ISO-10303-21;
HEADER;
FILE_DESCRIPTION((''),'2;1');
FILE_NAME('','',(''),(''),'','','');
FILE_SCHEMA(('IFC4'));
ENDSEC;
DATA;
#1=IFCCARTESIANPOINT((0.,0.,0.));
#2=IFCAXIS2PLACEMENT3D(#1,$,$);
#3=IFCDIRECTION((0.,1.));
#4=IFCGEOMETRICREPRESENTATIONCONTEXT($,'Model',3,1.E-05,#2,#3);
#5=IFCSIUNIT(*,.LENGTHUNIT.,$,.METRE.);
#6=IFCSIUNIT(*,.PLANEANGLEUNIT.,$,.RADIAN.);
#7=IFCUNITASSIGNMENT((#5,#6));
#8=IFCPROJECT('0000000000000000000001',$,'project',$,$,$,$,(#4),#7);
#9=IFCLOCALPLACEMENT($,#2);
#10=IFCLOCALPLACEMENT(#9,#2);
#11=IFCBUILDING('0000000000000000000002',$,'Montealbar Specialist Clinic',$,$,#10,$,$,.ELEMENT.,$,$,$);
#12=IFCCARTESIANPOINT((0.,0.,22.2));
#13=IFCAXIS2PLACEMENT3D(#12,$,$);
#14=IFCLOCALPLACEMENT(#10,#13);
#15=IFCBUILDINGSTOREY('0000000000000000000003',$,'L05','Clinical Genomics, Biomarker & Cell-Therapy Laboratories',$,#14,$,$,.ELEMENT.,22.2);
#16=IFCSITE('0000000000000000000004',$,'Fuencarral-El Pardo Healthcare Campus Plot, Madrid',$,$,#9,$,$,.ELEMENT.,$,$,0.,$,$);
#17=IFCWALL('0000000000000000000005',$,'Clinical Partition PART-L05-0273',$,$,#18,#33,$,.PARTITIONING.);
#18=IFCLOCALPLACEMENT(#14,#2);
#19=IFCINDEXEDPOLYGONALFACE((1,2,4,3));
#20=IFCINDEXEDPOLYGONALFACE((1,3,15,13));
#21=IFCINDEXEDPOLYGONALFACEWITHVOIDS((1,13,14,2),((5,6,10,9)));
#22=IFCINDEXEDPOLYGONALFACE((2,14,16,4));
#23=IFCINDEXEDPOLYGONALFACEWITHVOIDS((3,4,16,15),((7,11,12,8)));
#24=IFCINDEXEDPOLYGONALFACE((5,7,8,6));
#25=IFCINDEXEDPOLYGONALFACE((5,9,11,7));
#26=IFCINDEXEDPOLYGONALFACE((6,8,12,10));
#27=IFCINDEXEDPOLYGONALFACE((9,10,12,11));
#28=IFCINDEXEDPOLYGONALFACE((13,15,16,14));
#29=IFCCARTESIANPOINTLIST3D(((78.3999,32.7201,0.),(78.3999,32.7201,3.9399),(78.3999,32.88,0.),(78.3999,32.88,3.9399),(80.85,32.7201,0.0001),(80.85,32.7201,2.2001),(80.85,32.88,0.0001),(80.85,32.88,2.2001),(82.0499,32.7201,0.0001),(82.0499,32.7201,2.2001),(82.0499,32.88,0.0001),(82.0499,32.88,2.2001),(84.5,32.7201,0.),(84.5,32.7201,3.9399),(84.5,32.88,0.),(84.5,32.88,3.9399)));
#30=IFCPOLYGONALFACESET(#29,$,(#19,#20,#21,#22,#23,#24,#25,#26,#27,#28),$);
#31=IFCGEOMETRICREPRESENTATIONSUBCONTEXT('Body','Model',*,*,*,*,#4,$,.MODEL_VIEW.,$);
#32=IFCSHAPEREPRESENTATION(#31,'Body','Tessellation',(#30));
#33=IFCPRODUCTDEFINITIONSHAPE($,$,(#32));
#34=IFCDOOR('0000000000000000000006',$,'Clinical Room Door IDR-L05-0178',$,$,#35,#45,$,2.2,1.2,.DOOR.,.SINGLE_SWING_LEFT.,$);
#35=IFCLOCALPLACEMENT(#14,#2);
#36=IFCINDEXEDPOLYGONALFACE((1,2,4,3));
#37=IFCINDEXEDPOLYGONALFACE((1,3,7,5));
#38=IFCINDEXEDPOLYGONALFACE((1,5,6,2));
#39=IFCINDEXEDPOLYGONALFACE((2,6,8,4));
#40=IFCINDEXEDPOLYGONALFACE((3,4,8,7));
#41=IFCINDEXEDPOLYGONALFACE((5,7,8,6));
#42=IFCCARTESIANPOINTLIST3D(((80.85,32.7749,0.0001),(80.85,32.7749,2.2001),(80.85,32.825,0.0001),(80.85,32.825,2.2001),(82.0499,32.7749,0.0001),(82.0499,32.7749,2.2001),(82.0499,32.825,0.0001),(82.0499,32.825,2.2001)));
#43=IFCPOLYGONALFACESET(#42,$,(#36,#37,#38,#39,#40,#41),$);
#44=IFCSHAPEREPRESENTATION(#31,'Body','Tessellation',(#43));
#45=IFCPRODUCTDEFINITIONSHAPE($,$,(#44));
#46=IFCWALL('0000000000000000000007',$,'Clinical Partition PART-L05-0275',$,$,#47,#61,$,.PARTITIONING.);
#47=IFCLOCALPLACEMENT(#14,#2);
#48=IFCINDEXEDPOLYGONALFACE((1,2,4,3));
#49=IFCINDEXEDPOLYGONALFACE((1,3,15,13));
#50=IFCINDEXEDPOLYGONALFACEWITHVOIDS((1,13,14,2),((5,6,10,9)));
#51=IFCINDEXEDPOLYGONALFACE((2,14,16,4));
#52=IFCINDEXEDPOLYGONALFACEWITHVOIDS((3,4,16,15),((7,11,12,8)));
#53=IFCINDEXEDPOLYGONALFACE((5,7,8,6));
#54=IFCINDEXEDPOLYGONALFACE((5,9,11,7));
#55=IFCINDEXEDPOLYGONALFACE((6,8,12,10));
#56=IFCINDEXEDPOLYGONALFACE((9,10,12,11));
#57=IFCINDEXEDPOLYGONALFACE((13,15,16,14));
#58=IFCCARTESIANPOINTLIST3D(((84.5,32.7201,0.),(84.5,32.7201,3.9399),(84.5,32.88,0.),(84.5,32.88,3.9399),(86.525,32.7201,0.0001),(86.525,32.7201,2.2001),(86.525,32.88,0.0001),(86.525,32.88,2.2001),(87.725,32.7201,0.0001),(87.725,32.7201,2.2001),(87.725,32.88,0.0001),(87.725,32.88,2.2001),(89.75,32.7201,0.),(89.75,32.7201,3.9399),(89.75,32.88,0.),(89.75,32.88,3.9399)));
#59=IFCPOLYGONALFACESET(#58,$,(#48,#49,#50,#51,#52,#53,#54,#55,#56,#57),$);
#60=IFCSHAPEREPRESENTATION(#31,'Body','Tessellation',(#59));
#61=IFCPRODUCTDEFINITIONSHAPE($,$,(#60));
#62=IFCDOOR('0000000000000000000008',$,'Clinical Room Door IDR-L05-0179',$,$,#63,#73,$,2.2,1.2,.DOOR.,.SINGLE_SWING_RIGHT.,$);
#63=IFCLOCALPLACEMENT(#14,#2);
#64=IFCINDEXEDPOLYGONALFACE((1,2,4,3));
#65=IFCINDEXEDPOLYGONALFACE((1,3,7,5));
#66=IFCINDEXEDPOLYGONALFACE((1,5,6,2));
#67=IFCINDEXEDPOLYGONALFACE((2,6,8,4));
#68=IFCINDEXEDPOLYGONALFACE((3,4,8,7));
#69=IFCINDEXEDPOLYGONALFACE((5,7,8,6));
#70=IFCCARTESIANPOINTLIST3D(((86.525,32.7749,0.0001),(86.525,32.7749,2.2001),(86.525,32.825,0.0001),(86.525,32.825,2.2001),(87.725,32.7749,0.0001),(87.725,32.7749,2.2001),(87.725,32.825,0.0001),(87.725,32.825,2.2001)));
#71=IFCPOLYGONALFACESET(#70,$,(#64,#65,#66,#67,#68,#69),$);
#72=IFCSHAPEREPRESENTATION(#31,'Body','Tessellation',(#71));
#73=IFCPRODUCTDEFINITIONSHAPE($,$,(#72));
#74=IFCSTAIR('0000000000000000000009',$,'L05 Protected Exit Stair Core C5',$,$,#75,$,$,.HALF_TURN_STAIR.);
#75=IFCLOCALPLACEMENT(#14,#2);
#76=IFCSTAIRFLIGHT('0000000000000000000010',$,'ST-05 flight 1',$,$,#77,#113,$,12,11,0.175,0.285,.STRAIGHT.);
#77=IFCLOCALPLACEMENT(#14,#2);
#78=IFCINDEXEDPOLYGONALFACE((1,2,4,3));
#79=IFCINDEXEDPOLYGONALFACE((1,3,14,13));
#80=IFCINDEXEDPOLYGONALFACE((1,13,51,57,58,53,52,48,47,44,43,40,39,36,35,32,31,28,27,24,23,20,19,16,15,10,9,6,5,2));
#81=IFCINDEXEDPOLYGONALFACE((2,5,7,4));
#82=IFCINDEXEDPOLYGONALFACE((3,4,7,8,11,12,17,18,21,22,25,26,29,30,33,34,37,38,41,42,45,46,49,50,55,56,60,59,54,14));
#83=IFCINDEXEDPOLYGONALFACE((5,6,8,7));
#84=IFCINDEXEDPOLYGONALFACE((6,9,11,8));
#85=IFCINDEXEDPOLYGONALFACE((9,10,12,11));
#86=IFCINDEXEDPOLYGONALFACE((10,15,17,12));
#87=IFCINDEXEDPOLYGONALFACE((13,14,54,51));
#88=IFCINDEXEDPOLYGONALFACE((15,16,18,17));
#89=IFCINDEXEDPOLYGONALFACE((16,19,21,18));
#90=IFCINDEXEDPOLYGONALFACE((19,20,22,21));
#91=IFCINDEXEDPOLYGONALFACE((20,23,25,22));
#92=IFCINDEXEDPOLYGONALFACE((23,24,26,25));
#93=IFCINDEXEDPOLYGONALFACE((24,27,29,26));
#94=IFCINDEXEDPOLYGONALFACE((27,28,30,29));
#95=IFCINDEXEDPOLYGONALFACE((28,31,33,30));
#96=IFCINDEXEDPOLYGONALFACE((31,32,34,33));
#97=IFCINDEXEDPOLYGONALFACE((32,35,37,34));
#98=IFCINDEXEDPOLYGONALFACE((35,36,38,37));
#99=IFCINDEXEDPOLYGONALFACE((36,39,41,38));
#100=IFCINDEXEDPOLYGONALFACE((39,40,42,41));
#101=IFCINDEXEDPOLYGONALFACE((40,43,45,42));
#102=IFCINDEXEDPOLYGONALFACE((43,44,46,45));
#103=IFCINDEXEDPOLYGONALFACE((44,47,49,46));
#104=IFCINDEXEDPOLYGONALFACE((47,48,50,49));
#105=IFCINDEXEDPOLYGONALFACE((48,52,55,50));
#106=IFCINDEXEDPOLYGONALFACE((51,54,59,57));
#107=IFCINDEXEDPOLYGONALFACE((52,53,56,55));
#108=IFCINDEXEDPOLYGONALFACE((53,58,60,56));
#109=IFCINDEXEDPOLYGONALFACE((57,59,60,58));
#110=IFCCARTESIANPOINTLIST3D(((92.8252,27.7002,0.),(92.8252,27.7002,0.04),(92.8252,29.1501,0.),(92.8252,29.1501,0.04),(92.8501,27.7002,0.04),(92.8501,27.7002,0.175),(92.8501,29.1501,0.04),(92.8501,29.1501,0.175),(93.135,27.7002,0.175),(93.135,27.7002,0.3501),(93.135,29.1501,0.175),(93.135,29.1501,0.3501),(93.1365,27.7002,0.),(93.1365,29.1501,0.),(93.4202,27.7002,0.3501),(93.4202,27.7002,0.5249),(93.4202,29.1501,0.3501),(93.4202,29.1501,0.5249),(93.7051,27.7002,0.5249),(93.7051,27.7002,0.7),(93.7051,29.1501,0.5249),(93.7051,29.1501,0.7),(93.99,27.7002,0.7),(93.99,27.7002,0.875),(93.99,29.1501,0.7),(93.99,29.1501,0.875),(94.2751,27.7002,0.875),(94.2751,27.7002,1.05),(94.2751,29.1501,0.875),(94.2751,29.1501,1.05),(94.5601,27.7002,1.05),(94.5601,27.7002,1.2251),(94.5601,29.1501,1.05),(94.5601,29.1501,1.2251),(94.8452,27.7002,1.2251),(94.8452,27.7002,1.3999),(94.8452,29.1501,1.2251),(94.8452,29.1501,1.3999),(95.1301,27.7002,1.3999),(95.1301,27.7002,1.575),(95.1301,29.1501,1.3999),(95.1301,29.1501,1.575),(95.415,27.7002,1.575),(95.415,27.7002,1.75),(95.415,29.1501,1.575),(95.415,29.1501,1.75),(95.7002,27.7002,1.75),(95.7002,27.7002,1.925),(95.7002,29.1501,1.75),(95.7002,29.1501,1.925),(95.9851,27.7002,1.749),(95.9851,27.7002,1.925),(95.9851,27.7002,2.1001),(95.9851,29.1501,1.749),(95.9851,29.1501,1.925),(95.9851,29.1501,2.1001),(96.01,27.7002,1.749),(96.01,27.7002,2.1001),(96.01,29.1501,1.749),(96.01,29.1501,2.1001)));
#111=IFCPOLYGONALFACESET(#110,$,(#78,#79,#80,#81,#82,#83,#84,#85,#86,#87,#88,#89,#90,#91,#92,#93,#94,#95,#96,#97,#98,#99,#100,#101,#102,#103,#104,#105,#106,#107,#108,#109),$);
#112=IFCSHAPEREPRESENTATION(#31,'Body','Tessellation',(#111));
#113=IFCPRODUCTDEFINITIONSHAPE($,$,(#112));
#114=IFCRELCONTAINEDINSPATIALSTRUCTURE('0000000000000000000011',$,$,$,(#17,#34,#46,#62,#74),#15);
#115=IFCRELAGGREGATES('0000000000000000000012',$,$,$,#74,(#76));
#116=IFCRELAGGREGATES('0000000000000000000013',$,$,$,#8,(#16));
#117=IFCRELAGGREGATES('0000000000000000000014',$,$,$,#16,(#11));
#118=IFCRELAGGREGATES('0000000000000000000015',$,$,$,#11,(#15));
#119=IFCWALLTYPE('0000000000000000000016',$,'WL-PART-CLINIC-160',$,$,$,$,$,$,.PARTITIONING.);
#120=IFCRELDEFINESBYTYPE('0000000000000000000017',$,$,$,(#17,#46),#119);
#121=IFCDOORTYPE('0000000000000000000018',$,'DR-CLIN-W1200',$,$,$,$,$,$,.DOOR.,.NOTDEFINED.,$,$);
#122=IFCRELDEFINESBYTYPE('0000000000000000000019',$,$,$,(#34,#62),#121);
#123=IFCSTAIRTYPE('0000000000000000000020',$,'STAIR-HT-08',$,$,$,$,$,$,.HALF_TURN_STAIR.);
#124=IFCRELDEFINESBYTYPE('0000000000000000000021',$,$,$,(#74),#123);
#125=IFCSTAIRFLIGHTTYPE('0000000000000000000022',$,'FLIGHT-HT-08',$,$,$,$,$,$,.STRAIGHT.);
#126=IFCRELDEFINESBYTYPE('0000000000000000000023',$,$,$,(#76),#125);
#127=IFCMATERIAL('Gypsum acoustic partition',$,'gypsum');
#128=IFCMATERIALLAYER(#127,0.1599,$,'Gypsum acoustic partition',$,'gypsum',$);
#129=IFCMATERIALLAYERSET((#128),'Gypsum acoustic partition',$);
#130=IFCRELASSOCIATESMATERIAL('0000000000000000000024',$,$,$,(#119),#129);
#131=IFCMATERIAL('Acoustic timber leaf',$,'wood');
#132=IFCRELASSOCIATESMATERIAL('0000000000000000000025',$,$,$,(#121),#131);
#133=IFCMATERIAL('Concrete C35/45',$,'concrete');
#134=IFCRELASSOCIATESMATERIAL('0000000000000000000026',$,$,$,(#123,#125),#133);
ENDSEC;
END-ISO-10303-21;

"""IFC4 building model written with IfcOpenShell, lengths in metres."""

from ifc_helpers import new_model, si_unit, direction, frame, frame_2d, origin, place, context, subcontext, project, spatial, polyline, rectangle, outline, extrude, material, layer, layer_set, type_object, element, fill, aggregate, save


model = new_model("IFC4")

# Units and contexts
model_context = context("Model", 3, precision=1e-05, world=origin(), true_north=direction((0.0, 1.0)))
body_context = subcontext(model_context, "Body", "Model", "MODEL_VIEW")
ifc_project = project(units=[si_unit("LENGTHUNIT", "METRE"), si_unit("PLANEANGLEUNIT", "RADIAN")], contexts=[model_context])

# Site, building, storey
site_placement = place(None, origin())
site = spatial("IfcSite", under=ifc_project, at=site_placement, Name="Fuencarral-El Pardo Healthcare Campus Plot, Madrid", CompositionType="ELEMENT", RefElevation=0.0)
building_placement = place(site_placement, origin())
building = spatial("IfcBuilding", under=site, at=building_placement, Name="Montealbar Specialist Clinic", CompositionType="ELEMENT")
storey_placement = place(building_placement, frame((0.0, 0.0, 22.2)))
storey = spatial("IfcBuildingStorey", under=building, at=storey_placement, Name="L05", Description="Clinical Genomics, Biomarker & Cell-Therapy Laboratories", CompositionType="ELEMENT", Elevation=22.2)

# Shared definitions
ifc_material_1 = material(Name="Concrete C35/45", Category="concrete")

# Shared definitions
ifc_material_2 = material(Name="Gypsum acoustic partition", Category="gypsum")

# Walls, openings, doors
ifc_layer_1 = layer(ifc_material_2, 0.1599, Name="Gypsum acoustic partition", Category="gypsum")
ifc_layer_set_1 = layer_set([ifc_layer_1], Name="Gypsum acoustic partition")
wall_type_1 = type_object("IfcWallType", Name="WL-PART-CLINIC-160", PredefinedType="PARTITIONING", material=ifc_layer_set_1)
wall_1_placement = place(storey_placement, frame((78.3999, 32.8, 0.0), z_axis=(0.0, 0.0, 1.0), x_axis=(1.0, 0.0, 0.0)))
wall_1 = element("IfcWall", 1, at=wall_1_placement, inside=storey, type_object=wall_type_1, Name="Clinical Partition PART-L05-0273", PredefinedType="PARTITIONING", context=body_context, shape_type="SweptSolid", body=[
    extrude(rectangle(XDim=6.1001, YDim=0.1599, at=frame_2d((3.05, 0.0))), origin(), (0.0, 0.0, 1.0), 3.9399),
])
opening_1_placement = place(wall_1_placement, frame((2.45, 0.0, 0.0)))
opening_1 = element("IfcOpeningElement", 2, at=opening_1_placement, cuts=wall_1, PredefinedType="OPENING", context=body_context, shape_type="SweptSolid", body=[
    extrude(rectangle(XDim=1.2, YDim=2.2, at=frame_2d((0.6001, 1.1001))), frame((0.0, 0.0898, 0.0), z_axis=(0.0, -1.0, 0.0), x_axis=(1.0, 0.0, 0.0)), (0.0, 0.0, 1.0), 0.1799),
])
ifc_material_3 = material(Name="Acoustic timber leaf", Category="wood")
door_type_1 = type_object("IfcDoorType", Name="DR-CLIN-W1200", OperationType="NOTDEFINED", PredefinedType="DOOR", material=ifc_material_3)
door_1_placement = place(opening_1_placement, origin())
door_1 = element("IfcDoor", 3, at=door_1_placement, inside=storey, type_object=door_type_1, Name="Clinical Room Door IDR-L05-0178", OperationType="SINGLE_SWING_LEFT", OverallHeight=2.2, OverallWidth=1.2, PredefinedType="DOOR", context=body_context, shape_type="SweptSolid", body=[
    extrude(rectangle(XDim=1.2, YDim=2.2, at=frame_2d((0.6001, 1.1001))), frame((0.0, 0.0249, 0.0), z_axis=(0.0, -1.0, 0.0), x_axis=(1.0, 0.0, 0.0)), (0.0, 0.0, 1.0), 0.05),
])
fill(opening_1, door_1)
wall_2_placement = place(storey_placement, frame((84.5, 32.8, 0.0), z_axis=(0.0, 0.0, 1.0), x_axis=(1.0, 0.0, 0.0)))
wall_2 = element("IfcWall", 4, at=wall_2_placement, inside=storey, type_object=wall_type_1, Name="Clinical Partition PART-L05-0275", PredefinedType="PARTITIONING", context=body_context, shape_type="SweptSolid", body=[
    extrude(rectangle(XDim=5.25, YDim=0.1599, at=frame_2d((2.625, 0.0))), origin(), (0.0, 0.0, 1.0), 3.9399),
])
opening_2_placement = place(wall_2_placement, frame((2.0249, 0.0, 0.0)))
opening_2 = element("IfcOpeningElement", 5, at=opening_2_placement, cuts=wall_2, PredefinedType="OPENING", context=body_context, shape_type="SweptSolid", body=[
    extrude(rectangle(XDim=1.2, YDim=2.2, at=frame_2d((0.6001, 1.1001))), frame((0.0, 0.0898, 0.0), z_axis=(0.0, -1.0, 0.0), x_axis=(1.0, 0.0, 0.0)), (0.0, 0.0, 1.0), 0.1799),
])
door_2_placement = place(opening_2_placement, origin())
door_2 = element("IfcDoor", 6, at=door_2_placement, inside=storey, type_object=door_type_1, Name="Clinical Room Door IDR-L05-0179", OperationType="SINGLE_SWING_RIGHT", OverallHeight=2.2, OverallWidth=1.2, PredefinedType="DOOR", context=body_context, shape_type="SweptSolid", body=[
    extrude(rectangle(XDim=1.2, YDim=2.2, at=frame_2d((0.6001, 1.1001))), frame((0.0, 0.0249, 0.0), z_axis=(0.0, -1.0, 0.0), x_axis=(1.0, 0.0, 0.0)), (0.0, 0.0, 1.0), 0.05),
])
fill(opening_2, door_2)

# Stair, stair flight
stair_type = type_object("IfcStairType", Name="STAIR-HT-08", PredefinedType="HALF_TURN_STAIR", material=ifc_material_1)
stair_placement = place(storey_placement, origin())
stair = element("IfcStair", 7, at=stair_placement, inside=storey, type_object=stair_type, Name="L05 Protected Exit Stair Core C5", PredefinedType="HALF_TURN_STAIR")
stair_flight_type = type_object("IfcStairFlightType", Name="FLIGHT-HT-08", PredefinedType="STRAIGHT", material=ifc_material_1)
stair_flight_placement = place(storey_placement, frame((92.8501, 28.425, 0.0), z_axis=(0.0, 0.0, 1.0), x_axis=(1.0, 0.0, 0.0)))
stair_flight = element("IfcStairFlight", 8, at=stair_flight_placement, type_object=stair_flight_type, Name="ST-05 flight 1", NumberOfRisers=12, NumberOfTreads=11, PredefinedType="STRAIGHT", RiserHeight=0.175, TreadLength=0.285, context=body_context, shape_type="SweptSolid", body=[
    extrude(outline(polyline([(-0.0249, 0.0), (-0.0249, 0.04), (0.0, 0.04), (0.0, 0.175), (0.2849, 0.175), (0.2849, 0.3501), (0.5701, 0.3501), (0.5701, 0.5249), (0.855, 0.5249), (0.855, 0.7), (1.1399, 0.7), (1.1399, 0.875), (1.425, 0.875), (1.425, 1.05), (1.71, 1.05), (1.71, 1.2251), (1.9951, 1.2251), (1.9951, 1.3999), (2.28, 1.3999), (2.28, 1.575), (2.5649, 1.575), (2.5649, 1.75), (2.8501, 1.75), (2.8501, 1.925), (3.135, 1.925), (3.135, 2.1001), (3.1599, 2.1001), (3.1599, 1.749), (3.135, 1.749), (0.2864, 0.0), (-0.0249, 0.0)])), frame((0.0, 0.7251, 0.0), z_axis=(0.0, -1.0, 0.0), x_axis=(1.0, 0.0, 0.0)), (0.0, 0.0, 1.0), 1.45),
])
aggregate(stair, [stair_flight])

save(model, "model.ifc")
